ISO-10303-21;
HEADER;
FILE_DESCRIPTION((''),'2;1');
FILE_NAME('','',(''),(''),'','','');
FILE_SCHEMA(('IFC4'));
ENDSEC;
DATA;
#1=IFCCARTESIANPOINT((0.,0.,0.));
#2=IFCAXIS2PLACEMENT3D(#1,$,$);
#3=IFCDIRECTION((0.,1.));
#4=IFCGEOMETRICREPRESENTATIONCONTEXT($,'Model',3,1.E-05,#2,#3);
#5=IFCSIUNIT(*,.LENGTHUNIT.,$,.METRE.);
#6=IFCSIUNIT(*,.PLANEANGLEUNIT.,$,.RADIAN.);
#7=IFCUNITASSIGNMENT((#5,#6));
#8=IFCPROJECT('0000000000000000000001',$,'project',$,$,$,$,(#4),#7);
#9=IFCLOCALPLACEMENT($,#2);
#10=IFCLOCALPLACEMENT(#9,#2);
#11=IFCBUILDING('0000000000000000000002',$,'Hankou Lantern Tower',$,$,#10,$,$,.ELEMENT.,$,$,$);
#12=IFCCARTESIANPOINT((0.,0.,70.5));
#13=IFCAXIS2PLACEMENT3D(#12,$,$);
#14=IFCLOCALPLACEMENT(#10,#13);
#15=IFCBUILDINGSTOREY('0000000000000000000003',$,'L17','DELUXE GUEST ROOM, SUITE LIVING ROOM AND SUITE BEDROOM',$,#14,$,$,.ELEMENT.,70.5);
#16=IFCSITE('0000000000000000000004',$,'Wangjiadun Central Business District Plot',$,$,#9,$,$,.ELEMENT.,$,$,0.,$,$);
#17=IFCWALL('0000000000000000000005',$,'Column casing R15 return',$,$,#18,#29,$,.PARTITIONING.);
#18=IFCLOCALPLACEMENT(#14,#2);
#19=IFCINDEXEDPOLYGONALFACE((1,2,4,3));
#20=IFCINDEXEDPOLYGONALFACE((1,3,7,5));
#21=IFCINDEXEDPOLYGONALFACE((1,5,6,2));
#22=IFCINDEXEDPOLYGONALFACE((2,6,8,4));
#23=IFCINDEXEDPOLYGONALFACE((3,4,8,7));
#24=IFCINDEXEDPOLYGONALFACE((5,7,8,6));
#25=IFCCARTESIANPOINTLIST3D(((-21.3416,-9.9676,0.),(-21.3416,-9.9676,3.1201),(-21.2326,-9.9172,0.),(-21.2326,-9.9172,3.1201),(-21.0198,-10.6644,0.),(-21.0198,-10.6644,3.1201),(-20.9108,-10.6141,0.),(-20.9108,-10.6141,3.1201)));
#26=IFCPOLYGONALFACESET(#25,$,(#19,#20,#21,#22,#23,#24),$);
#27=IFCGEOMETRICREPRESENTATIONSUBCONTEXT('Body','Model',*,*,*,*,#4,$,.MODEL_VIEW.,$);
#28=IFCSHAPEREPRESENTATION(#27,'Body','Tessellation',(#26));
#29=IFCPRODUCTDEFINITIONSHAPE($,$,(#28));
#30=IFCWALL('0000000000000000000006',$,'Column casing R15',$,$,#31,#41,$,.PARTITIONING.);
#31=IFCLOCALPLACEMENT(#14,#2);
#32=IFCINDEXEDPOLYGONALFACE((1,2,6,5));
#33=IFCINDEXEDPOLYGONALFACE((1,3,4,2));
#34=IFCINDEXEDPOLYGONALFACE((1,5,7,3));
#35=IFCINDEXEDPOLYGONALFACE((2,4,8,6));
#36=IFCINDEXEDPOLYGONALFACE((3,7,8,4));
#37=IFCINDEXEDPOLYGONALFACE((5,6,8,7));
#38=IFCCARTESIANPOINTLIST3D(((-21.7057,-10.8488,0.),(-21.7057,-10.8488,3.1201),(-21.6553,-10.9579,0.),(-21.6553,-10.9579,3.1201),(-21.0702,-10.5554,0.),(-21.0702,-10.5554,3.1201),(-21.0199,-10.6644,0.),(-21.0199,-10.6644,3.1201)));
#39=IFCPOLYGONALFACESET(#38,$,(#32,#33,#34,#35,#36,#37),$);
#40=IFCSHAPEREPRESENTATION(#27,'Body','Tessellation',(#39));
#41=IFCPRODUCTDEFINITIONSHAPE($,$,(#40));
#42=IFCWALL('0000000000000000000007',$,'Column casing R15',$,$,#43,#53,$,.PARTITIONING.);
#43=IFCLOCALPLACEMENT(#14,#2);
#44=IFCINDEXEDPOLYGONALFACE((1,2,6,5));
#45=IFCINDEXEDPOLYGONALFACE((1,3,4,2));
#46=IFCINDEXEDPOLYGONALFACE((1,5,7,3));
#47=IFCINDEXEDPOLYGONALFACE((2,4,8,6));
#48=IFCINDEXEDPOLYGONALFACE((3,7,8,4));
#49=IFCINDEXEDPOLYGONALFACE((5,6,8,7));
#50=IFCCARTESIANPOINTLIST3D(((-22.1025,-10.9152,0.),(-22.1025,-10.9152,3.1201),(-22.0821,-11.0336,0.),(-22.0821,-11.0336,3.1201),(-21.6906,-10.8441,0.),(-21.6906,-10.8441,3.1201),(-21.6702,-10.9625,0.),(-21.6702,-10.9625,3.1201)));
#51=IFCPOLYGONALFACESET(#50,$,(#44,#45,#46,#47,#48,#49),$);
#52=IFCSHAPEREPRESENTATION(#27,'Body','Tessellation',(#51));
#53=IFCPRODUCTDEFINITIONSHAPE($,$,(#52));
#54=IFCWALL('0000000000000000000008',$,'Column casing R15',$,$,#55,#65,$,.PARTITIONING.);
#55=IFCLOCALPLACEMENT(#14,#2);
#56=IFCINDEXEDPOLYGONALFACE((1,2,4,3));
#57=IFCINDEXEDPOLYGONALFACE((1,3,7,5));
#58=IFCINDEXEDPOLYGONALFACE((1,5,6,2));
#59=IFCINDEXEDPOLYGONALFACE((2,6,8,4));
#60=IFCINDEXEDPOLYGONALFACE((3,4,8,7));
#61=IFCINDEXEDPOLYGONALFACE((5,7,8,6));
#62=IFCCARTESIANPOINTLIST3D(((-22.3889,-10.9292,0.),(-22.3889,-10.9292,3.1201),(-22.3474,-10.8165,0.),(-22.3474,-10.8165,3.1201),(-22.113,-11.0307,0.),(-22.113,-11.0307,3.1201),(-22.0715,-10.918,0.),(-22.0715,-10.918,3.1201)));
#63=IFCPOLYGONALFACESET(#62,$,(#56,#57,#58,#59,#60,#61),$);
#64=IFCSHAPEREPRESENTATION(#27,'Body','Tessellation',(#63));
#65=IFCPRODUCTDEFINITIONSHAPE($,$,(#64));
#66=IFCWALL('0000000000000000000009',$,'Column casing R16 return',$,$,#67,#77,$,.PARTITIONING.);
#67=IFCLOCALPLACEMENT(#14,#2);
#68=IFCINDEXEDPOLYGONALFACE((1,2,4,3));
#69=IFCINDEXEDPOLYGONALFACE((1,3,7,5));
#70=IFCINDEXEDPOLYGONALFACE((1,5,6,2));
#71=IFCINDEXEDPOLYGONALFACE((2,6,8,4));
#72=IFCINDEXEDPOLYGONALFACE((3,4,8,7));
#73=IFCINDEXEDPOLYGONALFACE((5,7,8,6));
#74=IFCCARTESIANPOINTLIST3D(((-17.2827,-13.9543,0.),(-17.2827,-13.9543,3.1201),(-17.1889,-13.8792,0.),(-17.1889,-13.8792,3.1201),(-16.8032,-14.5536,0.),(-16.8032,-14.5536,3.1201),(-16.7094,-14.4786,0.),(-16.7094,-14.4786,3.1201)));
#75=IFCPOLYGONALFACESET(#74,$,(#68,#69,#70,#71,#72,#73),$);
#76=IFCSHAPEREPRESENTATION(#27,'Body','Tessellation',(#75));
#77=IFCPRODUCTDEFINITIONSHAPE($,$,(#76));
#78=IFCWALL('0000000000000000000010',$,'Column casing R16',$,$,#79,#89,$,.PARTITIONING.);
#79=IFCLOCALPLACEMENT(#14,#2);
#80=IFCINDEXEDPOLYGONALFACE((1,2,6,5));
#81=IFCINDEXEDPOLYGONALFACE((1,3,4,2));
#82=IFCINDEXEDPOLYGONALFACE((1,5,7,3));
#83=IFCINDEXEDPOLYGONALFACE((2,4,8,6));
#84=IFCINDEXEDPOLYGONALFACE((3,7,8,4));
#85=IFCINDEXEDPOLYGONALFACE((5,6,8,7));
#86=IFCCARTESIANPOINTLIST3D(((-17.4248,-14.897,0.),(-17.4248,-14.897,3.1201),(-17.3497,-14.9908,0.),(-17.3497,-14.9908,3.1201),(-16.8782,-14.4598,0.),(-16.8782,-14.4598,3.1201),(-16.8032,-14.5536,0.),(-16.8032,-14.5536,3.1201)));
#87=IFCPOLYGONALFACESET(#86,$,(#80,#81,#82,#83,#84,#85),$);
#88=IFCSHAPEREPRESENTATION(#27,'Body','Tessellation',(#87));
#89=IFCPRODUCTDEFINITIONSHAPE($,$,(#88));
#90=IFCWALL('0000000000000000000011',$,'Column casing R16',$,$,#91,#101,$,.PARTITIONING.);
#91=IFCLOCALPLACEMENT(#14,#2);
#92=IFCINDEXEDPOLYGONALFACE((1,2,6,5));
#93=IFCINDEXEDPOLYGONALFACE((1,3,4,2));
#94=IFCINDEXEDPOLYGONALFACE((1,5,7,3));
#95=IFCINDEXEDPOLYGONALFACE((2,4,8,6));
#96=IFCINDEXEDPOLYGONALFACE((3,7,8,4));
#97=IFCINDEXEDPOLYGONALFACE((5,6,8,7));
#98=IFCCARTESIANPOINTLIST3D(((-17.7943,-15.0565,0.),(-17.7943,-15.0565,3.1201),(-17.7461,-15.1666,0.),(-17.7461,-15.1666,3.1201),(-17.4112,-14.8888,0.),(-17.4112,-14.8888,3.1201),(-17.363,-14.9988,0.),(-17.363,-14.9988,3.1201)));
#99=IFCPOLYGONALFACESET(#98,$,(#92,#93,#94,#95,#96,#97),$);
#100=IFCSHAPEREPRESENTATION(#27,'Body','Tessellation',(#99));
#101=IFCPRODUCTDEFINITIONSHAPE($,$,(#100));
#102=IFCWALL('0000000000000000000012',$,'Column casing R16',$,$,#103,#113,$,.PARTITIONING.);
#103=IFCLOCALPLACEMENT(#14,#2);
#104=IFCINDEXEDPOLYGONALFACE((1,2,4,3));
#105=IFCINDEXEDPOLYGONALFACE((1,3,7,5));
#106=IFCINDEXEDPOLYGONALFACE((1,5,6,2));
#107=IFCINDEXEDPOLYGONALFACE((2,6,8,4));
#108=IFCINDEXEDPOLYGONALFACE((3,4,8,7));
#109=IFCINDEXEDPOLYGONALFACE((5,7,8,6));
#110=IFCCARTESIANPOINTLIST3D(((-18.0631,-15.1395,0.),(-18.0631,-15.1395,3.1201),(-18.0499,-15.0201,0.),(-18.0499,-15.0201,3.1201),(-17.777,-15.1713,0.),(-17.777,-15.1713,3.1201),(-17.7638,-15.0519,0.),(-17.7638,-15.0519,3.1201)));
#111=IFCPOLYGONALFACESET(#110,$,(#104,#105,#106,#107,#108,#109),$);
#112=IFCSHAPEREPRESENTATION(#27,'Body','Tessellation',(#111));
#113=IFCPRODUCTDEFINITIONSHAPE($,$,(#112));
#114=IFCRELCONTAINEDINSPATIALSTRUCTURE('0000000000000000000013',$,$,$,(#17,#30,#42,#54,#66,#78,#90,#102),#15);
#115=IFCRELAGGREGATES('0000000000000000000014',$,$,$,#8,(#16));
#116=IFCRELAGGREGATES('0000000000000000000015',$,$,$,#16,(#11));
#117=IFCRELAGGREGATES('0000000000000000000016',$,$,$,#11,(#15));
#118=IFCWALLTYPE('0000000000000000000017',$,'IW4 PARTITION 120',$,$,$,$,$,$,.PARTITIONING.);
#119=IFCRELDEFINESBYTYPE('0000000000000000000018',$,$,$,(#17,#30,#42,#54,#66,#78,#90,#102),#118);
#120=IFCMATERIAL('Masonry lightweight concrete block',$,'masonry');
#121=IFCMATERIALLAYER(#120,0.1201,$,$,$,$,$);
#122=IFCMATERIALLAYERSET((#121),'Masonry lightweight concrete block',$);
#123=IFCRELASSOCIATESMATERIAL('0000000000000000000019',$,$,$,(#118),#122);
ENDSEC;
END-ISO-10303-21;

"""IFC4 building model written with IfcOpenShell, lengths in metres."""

from ifc_helpers import new_model, si_unit, direction, frame, frame_2d, origin, place, context, subcontext, project, spatial, rectangle, extrude, material, layer, layer_set, type_object, element, save


model = new_model("IFC4")

# Units and contexts
model_context = context("Model", 3, precision=1e-05, world=origin(), true_north=direction((0.0, 1.0)))
body_context = subcontext(model_context, "Body", "Model", "MODEL_VIEW")
ifc_project = project(units=[si_unit("LENGTHUNIT", "METRE"), si_unit("PLANEANGLEUNIT", "RADIAN")], contexts=[model_context])

# Site, building, storey
site_placement = place(None, origin())
site = spatial("IfcSite", under=ifc_project, at=site_placement, Name="Wangjiadun Central Business District Plot", CompositionType="ELEMENT", RefElevation=0.0)
building_placement = place(site_placement, origin())
building = spatial("IfcBuilding", under=site, at=building_placement, Name="Hankou Lantern Tower", CompositionType="ELEMENT")
storey_placement = place(building_placement, frame((0.0, 0.0, 70.5)))
storey = spatial("IfcBuildingStorey", under=building, at=storey_placement, Name="L17", Description="DELUXE GUEST ROOM, SUITE LIVING ROOM AND SUITE BEDROOM", CompositionType="ELEMENT", Elevation=70.5)

# Walls
ifc_material_1 = material(Name="Masonry lightweight concrete block", Category="masonry")
ifc_layer_1 = layer(ifc_material_1, 0.1201)
ifc_layer_set_1 = layer_set([ifc_layer_1], Name="Masonry lightweight concrete block")
wall_type_1 = type_object("IfcWallType", Name="IW4 PARTITION 120", PredefinedType="PARTITIONING", material=ifc_layer_set_1)
wall_1_placement = place(storey_placement, frame((-21.2871, -9.9424, 0.0), z_axis=(0.0, 0.0, 1.0), x_axis=(0.41926, -0.907866, 0.0)))
element("IfcWall", 1, at=wall_1_placement, inside=storey, type_object=wall_type_1, Name="Column casing R15 return", PredefinedType="PARTITIONING", context=body_context, shape_type="SweptSolid", body=[
    extrude(rectangle(XDim=0.7676, YDim=0.1201, at=frame_2d((0.3838, 0.0))), origin(), (0.0, 0.0, 1.0), 3.1201),
])
wall_2_placement = place(storey_placement, frame((-21.0449, -10.6099, 0.0), z_axis=(0.0, 0.0, 1.0), x_axis=(-0.907878, -0.419235, 0.0)))
element("IfcWall", 2, at=wall_2_placement, inside=storey, type_object=wall_type_1, Name="Column casing R15", PredefinedType="PARTITIONING", context=body_context, shape_type="SweptSolid", body=[
    extrude(rectangle(XDim=0.7, YDim=0.1201, at=frame_2d((0.3501, 0.0))), origin(), (0.0, 0.0, 1.0), 3.1201),
])
wall_3_placement = place(storey_placement, frame((-21.6804, -10.9033, 0.0), z_axis=(0.0, 0.0, 1.0), x_axis=(-0.985447, -0.169985, 0.0)))
element("IfcWall", 3, at=wall_3_placement, inside=storey, type_object=wall_type_1, Name="Column casing R15", PredefinedType="PARTITIONING", context=body_context, shape_type="SweptSolid", body=[
    extrude(rectangle(XDim=0.418, YDim=0.1201, at=frame_2d((0.209, 0.0))), origin(), (0.0, 0.0, 1.0), 3.1201),
])
wall_4_placement = place(storey_placement, frame((-22.0923, -10.9744, 0.0), z_axis=(0.0, 0.0, 1.0), x_axis=(-0.938428, 0.345474, 0.0)))
element("IfcWall", 4, at=wall_4_placement, inside=storey, type_object=wall_type_1, Name="Column casing R15", PredefinedType="PARTITIONING", context=body_context, shape_type="SweptSolid", body=[
    extrude(rectangle(XDim=0.2939, YDim=0.1201, at=frame_2d((0.147, 0.0))), origin(), (0.0, 0.0, 1.0), 3.1201),
])
wall_5_placement = place(storey_placement, frame((-17.2358, -13.9167, 0.0), z_axis=(0.0, 0.0, 1.0), x_axis=(0.624695, -0.780869, 0.0)))
element("IfcWall", 5, at=wall_5_placement, inside=storey, type_object=wall_type_1, Name="Column casing R16 return", PredefinedType="PARTITIONING", context=body_context, shape_type="SweptSolid", body=[
    extrude(rectangle(XDim=0.7676, YDim=0.1201, at=frame_2d((0.3838, 0.0))), origin(), (0.0, 0.0, 1.0), 3.1201),
])
wall_6_placement = place(storey_placement, frame((-16.8406, -14.5066, 0.0), z_axis=(0.0, 0.0, 1.0), x_axis=(-0.780903, -0.624653, 0.0)))
element("IfcWall", 6, at=wall_6_placement, inside=storey, type_object=wall_type_1, Name="Column casing R16", PredefinedType="PARTITIONING", context=body_context, shape_type="SweptSolid", body=[
    extrude(rectangle(XDim=0.7, YDim=0.1201, at=frame_2d((0.3501, 0.0))), origin(), (0.0, 0.0, 1.0), 3.1201),
])
wall_7_placement = place(storey_placement, frame((-17.3872, -14.9438, 0.0), z_axis=(0.0, 0.0, 1.0), x_axis=(-0.916037, -0.401094, 0.0)))
element("IfcWall", 7, at=wall_7_placement, inside=storey, type_object=wall_type_1, Name="Column casing R16", PredefinedType="PARTITIONING", context=body_context, shape_type="SweptSolid", body=[
    extrude(rectangle(XDim=0.4182, YDim=0.1201, at=frame_2d((0.209, 0.0))), origin(), (0.0, 0.0, 1.0), 3.1201),
])
wall_8_placement = place(storey_placement, frame((-17.7703, -15.1116, 0.0), z_axis=(0.0, 0.0, 1.0), x_axis=(-0.993904, 0.110245, 0.0)))
element("IfcWall", 8, at=wall_8_placement, inside=storey, type_object=wall_type_1, Name="Column casing R16", PredefinedType="PARTITIONING", context=body_context, shape_type="SweptSolid", body=[
    extrude(rectangle(XDim=0.2878, YDim=0.1201, at=frame_2d((0.144, 0.0))), origin(), (0.0, 0.0, 1.0), 3.1201),
])

save(model, "model.ifc")
